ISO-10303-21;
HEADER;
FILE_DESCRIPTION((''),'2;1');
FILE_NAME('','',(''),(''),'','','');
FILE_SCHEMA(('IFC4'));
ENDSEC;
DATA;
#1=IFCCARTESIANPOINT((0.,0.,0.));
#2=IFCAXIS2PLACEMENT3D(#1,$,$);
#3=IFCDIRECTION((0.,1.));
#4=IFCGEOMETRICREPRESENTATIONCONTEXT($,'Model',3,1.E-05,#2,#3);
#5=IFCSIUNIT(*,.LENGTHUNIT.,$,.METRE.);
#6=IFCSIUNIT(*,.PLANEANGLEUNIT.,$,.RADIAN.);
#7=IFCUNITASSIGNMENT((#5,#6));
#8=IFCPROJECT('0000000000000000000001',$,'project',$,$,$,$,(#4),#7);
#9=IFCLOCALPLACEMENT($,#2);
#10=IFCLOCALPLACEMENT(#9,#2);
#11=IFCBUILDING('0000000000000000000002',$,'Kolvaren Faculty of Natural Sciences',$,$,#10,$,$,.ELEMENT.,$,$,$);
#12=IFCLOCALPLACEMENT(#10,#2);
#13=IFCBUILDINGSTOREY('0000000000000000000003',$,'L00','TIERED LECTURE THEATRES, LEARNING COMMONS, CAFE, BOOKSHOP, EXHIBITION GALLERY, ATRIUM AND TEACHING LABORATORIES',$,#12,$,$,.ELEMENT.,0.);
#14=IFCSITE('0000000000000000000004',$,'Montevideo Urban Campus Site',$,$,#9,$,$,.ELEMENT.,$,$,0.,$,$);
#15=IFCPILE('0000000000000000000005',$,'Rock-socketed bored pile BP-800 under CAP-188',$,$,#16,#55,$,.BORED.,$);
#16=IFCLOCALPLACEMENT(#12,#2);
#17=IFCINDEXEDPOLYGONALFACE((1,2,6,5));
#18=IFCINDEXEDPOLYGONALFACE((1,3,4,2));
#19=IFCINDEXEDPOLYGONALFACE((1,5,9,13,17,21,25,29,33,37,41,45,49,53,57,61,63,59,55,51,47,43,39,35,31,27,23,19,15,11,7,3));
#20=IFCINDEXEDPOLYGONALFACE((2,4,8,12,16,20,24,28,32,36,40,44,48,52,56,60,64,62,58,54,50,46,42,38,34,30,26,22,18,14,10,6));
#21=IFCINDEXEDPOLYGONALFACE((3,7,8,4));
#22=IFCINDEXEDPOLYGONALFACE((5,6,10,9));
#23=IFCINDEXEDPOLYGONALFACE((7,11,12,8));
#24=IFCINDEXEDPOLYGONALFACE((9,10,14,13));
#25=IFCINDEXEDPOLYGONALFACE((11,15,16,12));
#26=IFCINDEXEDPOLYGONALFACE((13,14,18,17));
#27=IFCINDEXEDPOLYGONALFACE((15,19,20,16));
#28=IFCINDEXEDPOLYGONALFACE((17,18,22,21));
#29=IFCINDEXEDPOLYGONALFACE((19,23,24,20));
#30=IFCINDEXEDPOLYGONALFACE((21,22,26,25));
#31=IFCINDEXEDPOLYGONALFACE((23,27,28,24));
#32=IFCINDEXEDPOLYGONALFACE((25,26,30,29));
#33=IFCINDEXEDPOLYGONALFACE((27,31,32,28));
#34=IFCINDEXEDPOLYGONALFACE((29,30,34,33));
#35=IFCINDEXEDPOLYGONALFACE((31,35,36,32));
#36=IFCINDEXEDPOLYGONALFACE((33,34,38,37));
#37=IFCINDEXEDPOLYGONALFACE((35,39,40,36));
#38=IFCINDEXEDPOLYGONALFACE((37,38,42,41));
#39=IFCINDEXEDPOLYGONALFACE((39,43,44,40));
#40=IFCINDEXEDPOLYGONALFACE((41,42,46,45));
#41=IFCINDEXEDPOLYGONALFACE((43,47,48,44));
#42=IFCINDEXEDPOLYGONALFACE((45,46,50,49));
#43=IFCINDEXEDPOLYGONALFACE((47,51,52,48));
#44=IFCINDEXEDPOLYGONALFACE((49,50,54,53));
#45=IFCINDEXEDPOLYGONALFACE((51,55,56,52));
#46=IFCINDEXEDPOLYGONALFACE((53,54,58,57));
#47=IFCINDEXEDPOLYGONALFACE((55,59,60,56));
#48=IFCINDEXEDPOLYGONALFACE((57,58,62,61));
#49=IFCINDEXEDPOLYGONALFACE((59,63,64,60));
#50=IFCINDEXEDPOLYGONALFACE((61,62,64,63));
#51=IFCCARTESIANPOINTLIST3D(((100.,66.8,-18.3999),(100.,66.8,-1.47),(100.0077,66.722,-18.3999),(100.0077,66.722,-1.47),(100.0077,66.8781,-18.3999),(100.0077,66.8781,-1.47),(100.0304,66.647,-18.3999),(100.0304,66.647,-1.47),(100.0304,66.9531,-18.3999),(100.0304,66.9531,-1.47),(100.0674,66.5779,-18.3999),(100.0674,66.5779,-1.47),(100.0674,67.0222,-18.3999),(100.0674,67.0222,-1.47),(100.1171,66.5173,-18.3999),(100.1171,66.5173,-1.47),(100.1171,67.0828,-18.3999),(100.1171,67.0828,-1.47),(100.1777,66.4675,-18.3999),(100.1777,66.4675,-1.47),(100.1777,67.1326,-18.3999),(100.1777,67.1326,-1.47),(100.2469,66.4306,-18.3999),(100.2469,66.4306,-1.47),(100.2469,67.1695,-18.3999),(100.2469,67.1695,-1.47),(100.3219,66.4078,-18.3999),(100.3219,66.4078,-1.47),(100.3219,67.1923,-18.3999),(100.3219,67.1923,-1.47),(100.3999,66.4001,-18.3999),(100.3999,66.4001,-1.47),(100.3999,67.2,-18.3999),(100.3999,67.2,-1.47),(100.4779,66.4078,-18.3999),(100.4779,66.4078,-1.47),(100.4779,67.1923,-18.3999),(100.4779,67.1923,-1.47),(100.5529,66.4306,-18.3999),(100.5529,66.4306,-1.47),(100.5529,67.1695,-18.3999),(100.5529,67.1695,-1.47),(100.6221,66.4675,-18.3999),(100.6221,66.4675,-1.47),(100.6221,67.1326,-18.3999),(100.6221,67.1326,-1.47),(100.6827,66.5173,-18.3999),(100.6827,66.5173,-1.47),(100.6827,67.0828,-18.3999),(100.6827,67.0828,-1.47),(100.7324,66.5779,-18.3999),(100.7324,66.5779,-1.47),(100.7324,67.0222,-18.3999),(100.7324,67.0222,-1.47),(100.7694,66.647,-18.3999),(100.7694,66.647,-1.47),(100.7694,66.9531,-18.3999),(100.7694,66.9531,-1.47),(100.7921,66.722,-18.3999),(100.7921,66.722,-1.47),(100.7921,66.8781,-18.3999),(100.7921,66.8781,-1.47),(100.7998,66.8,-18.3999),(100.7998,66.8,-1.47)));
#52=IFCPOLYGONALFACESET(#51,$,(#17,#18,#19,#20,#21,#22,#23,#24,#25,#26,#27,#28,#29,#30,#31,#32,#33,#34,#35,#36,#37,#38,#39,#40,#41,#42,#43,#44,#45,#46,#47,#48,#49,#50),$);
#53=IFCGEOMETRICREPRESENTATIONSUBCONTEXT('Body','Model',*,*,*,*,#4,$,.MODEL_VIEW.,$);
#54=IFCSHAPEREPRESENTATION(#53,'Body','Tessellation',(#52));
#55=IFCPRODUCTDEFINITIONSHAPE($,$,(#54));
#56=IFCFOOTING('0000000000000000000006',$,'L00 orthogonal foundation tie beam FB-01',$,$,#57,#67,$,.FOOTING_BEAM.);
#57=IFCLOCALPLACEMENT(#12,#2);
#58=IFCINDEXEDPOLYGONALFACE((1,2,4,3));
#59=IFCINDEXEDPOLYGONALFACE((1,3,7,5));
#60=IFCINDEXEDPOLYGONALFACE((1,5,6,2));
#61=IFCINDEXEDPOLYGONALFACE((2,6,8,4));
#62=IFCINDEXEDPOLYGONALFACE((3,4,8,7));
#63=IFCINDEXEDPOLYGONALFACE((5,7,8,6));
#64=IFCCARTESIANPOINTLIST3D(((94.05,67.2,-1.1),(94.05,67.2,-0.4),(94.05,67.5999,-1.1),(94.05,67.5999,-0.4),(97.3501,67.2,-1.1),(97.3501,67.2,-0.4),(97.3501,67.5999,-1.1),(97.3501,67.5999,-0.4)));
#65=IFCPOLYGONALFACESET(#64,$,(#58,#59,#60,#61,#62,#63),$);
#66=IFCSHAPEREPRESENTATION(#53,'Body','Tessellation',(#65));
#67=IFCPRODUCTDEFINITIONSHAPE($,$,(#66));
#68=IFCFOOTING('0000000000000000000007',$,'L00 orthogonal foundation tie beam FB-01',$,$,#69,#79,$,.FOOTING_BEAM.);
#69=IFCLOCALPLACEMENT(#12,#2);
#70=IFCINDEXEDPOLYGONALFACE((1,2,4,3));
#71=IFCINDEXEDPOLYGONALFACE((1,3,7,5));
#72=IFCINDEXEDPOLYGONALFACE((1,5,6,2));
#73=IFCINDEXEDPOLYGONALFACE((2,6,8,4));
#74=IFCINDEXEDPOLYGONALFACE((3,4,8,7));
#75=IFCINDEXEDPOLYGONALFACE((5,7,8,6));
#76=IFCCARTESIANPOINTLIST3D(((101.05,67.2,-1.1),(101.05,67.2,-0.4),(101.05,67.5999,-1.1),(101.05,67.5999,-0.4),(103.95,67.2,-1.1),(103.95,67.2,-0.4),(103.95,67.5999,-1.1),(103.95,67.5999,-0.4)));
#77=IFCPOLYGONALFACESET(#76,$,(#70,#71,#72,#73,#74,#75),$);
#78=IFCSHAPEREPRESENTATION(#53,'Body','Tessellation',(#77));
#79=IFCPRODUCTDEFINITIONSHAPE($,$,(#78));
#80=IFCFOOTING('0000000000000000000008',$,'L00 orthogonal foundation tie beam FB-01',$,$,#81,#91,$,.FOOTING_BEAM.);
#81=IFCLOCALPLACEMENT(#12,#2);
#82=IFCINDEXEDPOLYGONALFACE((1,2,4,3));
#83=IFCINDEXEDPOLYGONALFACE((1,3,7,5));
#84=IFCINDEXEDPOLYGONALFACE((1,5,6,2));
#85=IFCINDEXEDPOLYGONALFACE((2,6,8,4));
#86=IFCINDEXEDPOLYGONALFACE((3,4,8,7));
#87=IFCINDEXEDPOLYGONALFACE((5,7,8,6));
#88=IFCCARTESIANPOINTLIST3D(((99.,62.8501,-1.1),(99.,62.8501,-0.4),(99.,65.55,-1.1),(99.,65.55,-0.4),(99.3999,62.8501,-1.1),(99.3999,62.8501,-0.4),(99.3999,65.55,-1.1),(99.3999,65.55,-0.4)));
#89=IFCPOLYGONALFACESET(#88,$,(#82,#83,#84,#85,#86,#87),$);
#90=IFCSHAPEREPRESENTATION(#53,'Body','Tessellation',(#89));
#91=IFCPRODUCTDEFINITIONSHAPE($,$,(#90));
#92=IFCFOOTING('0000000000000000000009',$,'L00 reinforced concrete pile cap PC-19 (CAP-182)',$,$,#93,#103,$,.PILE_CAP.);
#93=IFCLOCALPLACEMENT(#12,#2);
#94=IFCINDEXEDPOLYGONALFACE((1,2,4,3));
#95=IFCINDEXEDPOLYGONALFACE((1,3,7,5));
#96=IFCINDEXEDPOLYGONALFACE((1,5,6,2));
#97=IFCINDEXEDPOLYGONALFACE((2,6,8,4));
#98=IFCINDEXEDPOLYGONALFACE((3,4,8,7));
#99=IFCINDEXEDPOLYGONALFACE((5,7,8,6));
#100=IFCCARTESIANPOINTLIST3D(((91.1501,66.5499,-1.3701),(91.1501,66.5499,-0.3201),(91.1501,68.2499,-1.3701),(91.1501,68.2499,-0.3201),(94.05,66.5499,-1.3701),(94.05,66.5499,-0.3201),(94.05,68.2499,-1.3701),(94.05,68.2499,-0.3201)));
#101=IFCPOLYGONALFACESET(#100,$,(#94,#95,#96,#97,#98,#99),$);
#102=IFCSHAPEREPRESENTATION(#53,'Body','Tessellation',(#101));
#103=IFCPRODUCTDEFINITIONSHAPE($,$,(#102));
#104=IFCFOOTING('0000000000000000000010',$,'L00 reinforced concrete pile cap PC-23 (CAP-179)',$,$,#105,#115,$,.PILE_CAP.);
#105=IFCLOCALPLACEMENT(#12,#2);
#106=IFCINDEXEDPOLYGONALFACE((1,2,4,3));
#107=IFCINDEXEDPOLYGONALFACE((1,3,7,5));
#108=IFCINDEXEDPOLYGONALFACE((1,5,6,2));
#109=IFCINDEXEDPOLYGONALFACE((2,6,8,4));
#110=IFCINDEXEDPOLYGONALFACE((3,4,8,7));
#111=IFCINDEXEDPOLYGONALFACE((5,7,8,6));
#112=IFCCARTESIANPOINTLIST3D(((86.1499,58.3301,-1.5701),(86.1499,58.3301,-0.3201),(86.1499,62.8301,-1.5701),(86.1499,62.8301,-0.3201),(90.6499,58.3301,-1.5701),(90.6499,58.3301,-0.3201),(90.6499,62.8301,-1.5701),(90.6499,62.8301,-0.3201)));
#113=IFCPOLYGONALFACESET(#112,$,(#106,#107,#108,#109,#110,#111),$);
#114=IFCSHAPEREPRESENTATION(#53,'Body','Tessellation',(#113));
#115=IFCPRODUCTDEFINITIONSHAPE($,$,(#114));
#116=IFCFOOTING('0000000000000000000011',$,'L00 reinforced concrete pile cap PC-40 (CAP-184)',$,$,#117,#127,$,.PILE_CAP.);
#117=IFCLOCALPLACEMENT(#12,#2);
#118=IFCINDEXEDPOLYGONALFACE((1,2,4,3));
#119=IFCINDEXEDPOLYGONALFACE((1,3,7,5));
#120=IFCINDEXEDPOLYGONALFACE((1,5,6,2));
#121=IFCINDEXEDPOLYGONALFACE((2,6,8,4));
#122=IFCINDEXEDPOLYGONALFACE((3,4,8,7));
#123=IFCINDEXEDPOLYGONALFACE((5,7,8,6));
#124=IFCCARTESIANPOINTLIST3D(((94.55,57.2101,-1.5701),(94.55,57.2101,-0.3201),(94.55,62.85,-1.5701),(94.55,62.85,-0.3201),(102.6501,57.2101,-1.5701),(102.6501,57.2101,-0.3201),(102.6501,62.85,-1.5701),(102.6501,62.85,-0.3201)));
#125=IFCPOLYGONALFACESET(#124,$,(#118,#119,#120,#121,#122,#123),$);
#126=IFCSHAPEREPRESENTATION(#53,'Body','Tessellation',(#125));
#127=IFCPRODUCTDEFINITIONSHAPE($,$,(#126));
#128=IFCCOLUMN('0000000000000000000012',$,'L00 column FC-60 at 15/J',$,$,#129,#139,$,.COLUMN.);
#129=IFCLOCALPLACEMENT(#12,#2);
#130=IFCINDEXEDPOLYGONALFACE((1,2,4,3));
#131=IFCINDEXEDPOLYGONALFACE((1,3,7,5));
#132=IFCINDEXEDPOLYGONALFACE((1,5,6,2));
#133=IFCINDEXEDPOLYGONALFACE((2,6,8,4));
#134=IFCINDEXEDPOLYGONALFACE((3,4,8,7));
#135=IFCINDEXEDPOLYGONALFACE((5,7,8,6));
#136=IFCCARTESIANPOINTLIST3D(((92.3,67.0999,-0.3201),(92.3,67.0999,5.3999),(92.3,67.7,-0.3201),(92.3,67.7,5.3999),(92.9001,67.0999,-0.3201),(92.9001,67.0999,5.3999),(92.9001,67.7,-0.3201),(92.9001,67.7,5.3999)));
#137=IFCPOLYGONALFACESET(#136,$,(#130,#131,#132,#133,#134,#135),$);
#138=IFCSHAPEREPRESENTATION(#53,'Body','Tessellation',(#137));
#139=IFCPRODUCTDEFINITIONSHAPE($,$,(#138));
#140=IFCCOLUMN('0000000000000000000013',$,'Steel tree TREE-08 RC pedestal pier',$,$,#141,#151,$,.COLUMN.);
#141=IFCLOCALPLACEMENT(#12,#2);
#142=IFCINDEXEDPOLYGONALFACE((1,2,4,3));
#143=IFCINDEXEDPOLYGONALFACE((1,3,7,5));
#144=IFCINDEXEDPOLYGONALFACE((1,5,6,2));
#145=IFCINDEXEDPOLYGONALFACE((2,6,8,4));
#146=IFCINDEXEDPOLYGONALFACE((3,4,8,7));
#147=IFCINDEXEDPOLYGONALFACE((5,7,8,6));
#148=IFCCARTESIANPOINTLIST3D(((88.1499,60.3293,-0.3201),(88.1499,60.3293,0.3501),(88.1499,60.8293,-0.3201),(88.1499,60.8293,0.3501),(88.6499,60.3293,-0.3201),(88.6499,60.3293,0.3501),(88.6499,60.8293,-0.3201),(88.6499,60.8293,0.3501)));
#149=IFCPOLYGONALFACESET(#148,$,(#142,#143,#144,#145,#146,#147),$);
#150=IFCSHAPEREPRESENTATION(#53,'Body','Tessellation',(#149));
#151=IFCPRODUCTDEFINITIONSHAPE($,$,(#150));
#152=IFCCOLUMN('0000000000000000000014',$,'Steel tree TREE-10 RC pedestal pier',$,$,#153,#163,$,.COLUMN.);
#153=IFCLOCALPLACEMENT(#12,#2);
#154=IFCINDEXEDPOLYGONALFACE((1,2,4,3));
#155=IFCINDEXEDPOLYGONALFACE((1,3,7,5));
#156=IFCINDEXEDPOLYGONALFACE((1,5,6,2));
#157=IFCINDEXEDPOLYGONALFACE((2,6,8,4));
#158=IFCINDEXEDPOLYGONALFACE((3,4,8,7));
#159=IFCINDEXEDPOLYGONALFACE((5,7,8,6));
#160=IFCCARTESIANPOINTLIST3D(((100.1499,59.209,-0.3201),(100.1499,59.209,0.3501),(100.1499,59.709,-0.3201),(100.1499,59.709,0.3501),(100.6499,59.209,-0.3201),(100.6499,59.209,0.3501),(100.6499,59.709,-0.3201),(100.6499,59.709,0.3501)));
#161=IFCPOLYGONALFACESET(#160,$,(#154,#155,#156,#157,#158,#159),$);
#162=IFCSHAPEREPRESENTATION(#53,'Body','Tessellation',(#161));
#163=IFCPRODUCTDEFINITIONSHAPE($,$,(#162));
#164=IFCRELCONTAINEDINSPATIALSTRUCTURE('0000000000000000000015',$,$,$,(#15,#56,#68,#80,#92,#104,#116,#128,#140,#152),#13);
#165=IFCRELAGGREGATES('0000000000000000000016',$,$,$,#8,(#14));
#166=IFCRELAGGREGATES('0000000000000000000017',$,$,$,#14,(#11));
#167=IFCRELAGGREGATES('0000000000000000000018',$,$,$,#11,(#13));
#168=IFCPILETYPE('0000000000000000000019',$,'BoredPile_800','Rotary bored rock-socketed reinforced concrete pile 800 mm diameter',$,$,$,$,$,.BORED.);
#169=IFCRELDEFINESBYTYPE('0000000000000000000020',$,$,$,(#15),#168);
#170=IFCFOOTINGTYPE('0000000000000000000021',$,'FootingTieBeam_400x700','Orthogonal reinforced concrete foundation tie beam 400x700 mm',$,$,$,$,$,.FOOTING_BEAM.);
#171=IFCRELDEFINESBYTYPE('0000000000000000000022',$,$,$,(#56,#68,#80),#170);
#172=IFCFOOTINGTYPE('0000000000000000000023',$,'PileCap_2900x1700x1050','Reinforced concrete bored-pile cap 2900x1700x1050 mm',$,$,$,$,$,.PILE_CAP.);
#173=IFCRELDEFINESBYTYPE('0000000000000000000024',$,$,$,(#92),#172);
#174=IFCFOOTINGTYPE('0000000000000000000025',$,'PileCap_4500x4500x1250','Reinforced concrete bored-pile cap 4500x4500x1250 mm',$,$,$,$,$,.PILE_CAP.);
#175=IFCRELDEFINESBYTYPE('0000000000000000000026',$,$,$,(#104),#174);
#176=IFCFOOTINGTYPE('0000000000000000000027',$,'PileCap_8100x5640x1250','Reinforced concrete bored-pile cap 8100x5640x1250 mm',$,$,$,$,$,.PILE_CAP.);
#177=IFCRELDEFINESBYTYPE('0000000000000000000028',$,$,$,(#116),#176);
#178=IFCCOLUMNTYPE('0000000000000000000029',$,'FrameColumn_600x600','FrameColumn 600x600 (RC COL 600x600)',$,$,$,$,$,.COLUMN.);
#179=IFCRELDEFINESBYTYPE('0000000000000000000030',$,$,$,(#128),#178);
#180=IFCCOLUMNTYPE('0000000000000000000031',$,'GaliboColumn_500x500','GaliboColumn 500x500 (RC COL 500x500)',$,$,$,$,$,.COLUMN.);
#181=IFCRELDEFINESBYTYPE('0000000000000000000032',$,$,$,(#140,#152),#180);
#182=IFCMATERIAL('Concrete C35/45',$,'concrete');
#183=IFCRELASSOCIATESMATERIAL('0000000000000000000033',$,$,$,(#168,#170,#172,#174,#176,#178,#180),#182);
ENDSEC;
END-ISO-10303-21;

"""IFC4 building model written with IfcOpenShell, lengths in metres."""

from ifc_helpers import new_model, si_unit, direction, frame, origin, origin_2d, place, context, subcontext, project, spatial, rectangle, circle, extrude, material, material_profile, profile_set, type_object, element, save


model = new_model("IFC4")

# Units and contexts
model_context = context("Model", 3, precision=1e-05, world=origin(), true_north=direction((0.0, 1.0)))
body_context = subcontext(model_context, "Body", "Model", "MODEL_VIEW")
ifc_project = project(units=[si_unit("LENGTHUNIT", "METRE"), si_unit("PLANEANGLEUNIT", "RADIAN")], contexts=[model_context])

# Site, building, storey
site_placement = place(None, origin())
site = spatial("IfcSite", under=ifc_project, at=site_placement, Name="Montevideo Urban Campus Site", CompositionType="ELEMENT", RefElevation=0.0)
building_placement = place(site_placement, origin())
building = spatial("IfcBuilding", under=site, at=building_placement, Name="Kolvaren Faculty of Natural Sciences", CompositionType="ELEMENT")
storey_placement = place(building_placement, origin())
storey = spatial("IfcBuildingStorey", under=building, at=storey_placement, Name="L00", Description="TIERED LECTURE THEATRES, LEARNING COMMONS, CAFE, BOOKSHOP, EXHIBITION GALLERY, ATRIUM AND TEACHING LABORATORIES", CompositionType="ELEMENT", Elevation=0.0)

# Pile
ifc_material_1 = material(Name="Concrete C35/45", Category="concrete")
ifc_material_profile_1 = material_profile(ifc_material_1, circle(Radius=0.3999, at=origin_2d()), Name="PILE D800")
ifc_profile_set_1 = profile_set([ifc_material_profile_1], Name="Concrete C35/45")
pile_type_1 = type_object("IfcPileType", Name="BoredPile_800", Description="Rotary bored rock-socketed reinforced concrete pile 800 mm diameter", PredefinedType="BORED", material=ifc_profile_set_1)
for number, where, z_axis, x_axis, name in (
    (1, (100.3999, 66.8, -1.47), (0.0, 0.0, -1.0), (1.0, 0.0, 0.0), "Rock-socketed bored pile BP-800 under CAP-188"),
):
    element("IfcPile", number, at=place(storey_placement, frame(where, z_axis=z_axis, x_axis=x_axis)), inside=storey, type_object=pile_type_1, Name=name, PredefinedType="BORED", context=body_context, shape_type="SweptSolid", body=[
        extrude(circle(Radius=0.3999, at=origin_2d()), origin(), (0.0, 0.0, 1.0), 16.9299),
    ])

# Footings
ifc_material_profile_2 = material_profile(ifc_material_1, rectangle(XDim=0.3999, YDim=0.7, at=origin_2d()), Name="RC FB 400x700")
ifc_profile_set_2 = profile_set([ifc_material_profile_2], Name="Concrete C35/45")
footing_type_1 = type_object("IfcFootingType", Name="FootingTieBeam_400x700", Description="Orthogonal reinforced concrete foundation tie beam 400x700 mm", PredefinedType="FOOTING_BEAM", material=ifc_profile_set_2)
footing_1_placement = place(storey_placement, frame((94.05, 67.3999, -0.75), z_axis=(1.0, 0.0, 0.0), x_axis=(0.0, 1.0, 0.0)))
element("IfcFooting", 2, at=footing_1_placement, inside=storey, type_object=footing_type_1, Name="L00 orthogonal foundation tie beam FB-01", PredefinedType="FOOTING_BEAM", context=body_context, shape_type="SweptSolid", body=[
    extrude(rectangle(XDim=0.3999, YDim=0.7, at=origin_2d()), origin(), (0.0, 0.0, 1.0), 3.3),
])
footing_2_placement = place(storey_placement, frame((101.05, 67.3999, -0.75), z_axis=(1.0, 0.0, 0.0), x_axis=(0.0, 1.0, 0.0)))
element("IfcFooting", 3, at=footing_2_placement, inside=storey, type_object=footing_type_1, Name="L00 orthogonal foundation tie beam FB-01", PredefinedType="FOOTING_BEAM", context=body_context, shape_type="SweptSolid", body=[
    extrude(rectangle(XDim=0.3999, YDim=0.7, at=origin_2d()), origin(), (0.0, 0.0, 1.0), 2.8999),
])
footing_3_placement = place(storey_placement, frame((99.2, 62.8501, -0.75), z_axis=(0.0, 1.0, 0.0), x_axis=(-1.0, 0.0, 0.0)))
element("IfcFooting", 4, at=footing_3_placement, inside=storey, type_object=footing_type_1, Name="L00 orthogonal foundation tie beam FB-01", PredefinedType="FOOTING_BEAM", context=body_context, shape_type="SweptSolid", body=[
    extrude(rectangle(XDim=0.3999, YDim=0.7, at=origin_2d()), origin(), (0.0, 0.0, 1.0), 2.7),
])
footing_type_2 = type_object("IfcFootingType", Name="PileCap_2900x1700x1050", Description="Reinforced concrete bored-pile cap 2900x1700x1050 mm", PredefinedType="PILE_CAP", material=ifc_material_1)
footing_4_placement = place(storey_placement, frame((92.6001, 67.3999, -1.3701), z_axis=(0.0, 0.0, 1.0), x_axis=(1.0, 0.0, 0.0)))
element("IfcFooting", 5, at=footing_4_placement, inside=storey, type_object=footing_type_2, Name="L00 reinforced concrete pile cap PC-19 (CAP-182)", PredefinedType="PILE_CAP", context=body_context, shape_type="SweptSolid", body=[
    extrude(rectangle(XDim=2.8999, YDim=1.7, at=origin_2d()), origin(), (0.0, 0.0, 1.0), 1.05),
])
footing_type_3 = type_object("IfcFootingType", Name="PileCap_4500x4500x1250", Description="Reinforced concrete bored-pile cap 4500x4500x1250 mm", PredefinedType="PILE_CAP", material=ifc_material_1)
footing_5_placement = place(storey_placement, frame((88.3999, 60.5801, -1.5701), z_axis=(0.0, 0.0, 1.0), x_axis=(1.0, 0.0, 0.0)))
element("IfcFooting", 6, at=footing_5_placement, inside=storey, type_object=footing_type_3, Name="L00 reinforced concrete pile cap PC-23 (CAP-179)", PredefinedType="PILE_CAP", context=body_context, shape_type="SweptSolid", body=[
    extrude(rectangle(XDim=4.5, YDim=4.5, at=origin_2d()), origin(), (0.0, 0.0, 1.0), 1.25),
])
footing_type_4 = type_object("IfcFootingType", Name="PileCap_8100x5640x1250", Description="Reinforced concrete bored-pile cap 8100x5640x1250 mm", PredefinedType="PILE_CAP", material=ifc_material_1)
footing_6_placement = place(storey_placement, frame((98.6001, 60.03, -1.5701), z_axis=(0.0, 0.0, 1.0), x_axis=(1.0, 0.0, 0.0)))
element("IfcFooting", 7, at=footing_6_placement, inside=storey, type_object=footing_type_4, Name="L00 reinforced concrete pile cap PC-40 (CAP-184)", PredefinedType="PILE_CAP", context=body_context, shape_type="SweptSolid", body=[
    extrude(rectangle(XDim=8.1001, YDim=5.6399, at=origin_2d()), origin(), (0.0, 0.0, 1.0), 1.25),
])

# Columns
ifc_material_profile_3 = material_profile(ifc_material_1, rectangle(XDim=0.6001, YDim=0.6001, at=origin_2d()), Name="RC COL 600x600")
ifc_profile_set_3 = profile_set([ifc_material_profile_3], Name="Concrete C35/45")
column_type_1 = type_object("IfcColumnType", Name="FrameColumn_600x600", Description="FrameColumn 600x600 (RC COL 600x600)", PredefinedType="COLUMN", material=ifc_profile_set_3)
column_1_placement = place(storey_placement, frame((92.6001, 67.3999, -0.3201), z_axis=(0.0, 0.0, 1.0), x_axis=(1.0, 0.0, 0.0)))
element("IfcColumn", 8, at=column_1_placement, inside=storey, type_object=column_type_1, Name="L00 column FC-60 at 15/J", PredefinedType="COLUMN", context=body_context, shape_type="SweptSolid", body=[
    extrude(rectangle(XDim=0.6001, YDim=0.6001, at=origin_2d()), origin(), (0.0, 0.0, 1.0), 5.72),
])
ifc_material_profile_4 = material_profile(ifc_material_1, rectangle(XDim=0.5, YDim=0.5, at=origin_2d()), Name="RC COL 500x500")
ifc_profile_set_4 = profile_set([ifc_material_profile_4], Name="Concrete C35/45")
column_type_2 = type_object("IfcColumnType", Name="GaliboColumn_500x500", Description="GaliboColumn 500x500 (RC COL 500x500)", PredefinedType="COLUMN", material=ifc_profile_set_4)
for number, where, z_axis, x_axis, name in (
    (9, (88.3999, 60.5793, -0.3201), (0.0, 0.0, 1.0), (1.0, 0.0, 0.0), "Steel tree TREE-08 RC pedestal pier"),
    (10, (100.3999, 59.459, -0.3201), (0.0, 0.0, 1.0), (1.0, 0.0, 0.0), "Steel tree TREE-10 RC pedestal pier"),
):
    element("IfcColumn", number, at=place(storey_placement, frame(where, z_axis=z_axis, x_axis=x_axis)), inside=storey, type_object=column_type_2, Name=name, PredefinedType="COLUMN", context=body_context, shape_type="SweptSolid", body=[
        extrude(rectangle(XDim=0.5, YDim=0.5, at=origin_2d()), origin(), (0.0, 0.0, 1.0), 0.6702),
    ])

save(model, "model.ifc")
